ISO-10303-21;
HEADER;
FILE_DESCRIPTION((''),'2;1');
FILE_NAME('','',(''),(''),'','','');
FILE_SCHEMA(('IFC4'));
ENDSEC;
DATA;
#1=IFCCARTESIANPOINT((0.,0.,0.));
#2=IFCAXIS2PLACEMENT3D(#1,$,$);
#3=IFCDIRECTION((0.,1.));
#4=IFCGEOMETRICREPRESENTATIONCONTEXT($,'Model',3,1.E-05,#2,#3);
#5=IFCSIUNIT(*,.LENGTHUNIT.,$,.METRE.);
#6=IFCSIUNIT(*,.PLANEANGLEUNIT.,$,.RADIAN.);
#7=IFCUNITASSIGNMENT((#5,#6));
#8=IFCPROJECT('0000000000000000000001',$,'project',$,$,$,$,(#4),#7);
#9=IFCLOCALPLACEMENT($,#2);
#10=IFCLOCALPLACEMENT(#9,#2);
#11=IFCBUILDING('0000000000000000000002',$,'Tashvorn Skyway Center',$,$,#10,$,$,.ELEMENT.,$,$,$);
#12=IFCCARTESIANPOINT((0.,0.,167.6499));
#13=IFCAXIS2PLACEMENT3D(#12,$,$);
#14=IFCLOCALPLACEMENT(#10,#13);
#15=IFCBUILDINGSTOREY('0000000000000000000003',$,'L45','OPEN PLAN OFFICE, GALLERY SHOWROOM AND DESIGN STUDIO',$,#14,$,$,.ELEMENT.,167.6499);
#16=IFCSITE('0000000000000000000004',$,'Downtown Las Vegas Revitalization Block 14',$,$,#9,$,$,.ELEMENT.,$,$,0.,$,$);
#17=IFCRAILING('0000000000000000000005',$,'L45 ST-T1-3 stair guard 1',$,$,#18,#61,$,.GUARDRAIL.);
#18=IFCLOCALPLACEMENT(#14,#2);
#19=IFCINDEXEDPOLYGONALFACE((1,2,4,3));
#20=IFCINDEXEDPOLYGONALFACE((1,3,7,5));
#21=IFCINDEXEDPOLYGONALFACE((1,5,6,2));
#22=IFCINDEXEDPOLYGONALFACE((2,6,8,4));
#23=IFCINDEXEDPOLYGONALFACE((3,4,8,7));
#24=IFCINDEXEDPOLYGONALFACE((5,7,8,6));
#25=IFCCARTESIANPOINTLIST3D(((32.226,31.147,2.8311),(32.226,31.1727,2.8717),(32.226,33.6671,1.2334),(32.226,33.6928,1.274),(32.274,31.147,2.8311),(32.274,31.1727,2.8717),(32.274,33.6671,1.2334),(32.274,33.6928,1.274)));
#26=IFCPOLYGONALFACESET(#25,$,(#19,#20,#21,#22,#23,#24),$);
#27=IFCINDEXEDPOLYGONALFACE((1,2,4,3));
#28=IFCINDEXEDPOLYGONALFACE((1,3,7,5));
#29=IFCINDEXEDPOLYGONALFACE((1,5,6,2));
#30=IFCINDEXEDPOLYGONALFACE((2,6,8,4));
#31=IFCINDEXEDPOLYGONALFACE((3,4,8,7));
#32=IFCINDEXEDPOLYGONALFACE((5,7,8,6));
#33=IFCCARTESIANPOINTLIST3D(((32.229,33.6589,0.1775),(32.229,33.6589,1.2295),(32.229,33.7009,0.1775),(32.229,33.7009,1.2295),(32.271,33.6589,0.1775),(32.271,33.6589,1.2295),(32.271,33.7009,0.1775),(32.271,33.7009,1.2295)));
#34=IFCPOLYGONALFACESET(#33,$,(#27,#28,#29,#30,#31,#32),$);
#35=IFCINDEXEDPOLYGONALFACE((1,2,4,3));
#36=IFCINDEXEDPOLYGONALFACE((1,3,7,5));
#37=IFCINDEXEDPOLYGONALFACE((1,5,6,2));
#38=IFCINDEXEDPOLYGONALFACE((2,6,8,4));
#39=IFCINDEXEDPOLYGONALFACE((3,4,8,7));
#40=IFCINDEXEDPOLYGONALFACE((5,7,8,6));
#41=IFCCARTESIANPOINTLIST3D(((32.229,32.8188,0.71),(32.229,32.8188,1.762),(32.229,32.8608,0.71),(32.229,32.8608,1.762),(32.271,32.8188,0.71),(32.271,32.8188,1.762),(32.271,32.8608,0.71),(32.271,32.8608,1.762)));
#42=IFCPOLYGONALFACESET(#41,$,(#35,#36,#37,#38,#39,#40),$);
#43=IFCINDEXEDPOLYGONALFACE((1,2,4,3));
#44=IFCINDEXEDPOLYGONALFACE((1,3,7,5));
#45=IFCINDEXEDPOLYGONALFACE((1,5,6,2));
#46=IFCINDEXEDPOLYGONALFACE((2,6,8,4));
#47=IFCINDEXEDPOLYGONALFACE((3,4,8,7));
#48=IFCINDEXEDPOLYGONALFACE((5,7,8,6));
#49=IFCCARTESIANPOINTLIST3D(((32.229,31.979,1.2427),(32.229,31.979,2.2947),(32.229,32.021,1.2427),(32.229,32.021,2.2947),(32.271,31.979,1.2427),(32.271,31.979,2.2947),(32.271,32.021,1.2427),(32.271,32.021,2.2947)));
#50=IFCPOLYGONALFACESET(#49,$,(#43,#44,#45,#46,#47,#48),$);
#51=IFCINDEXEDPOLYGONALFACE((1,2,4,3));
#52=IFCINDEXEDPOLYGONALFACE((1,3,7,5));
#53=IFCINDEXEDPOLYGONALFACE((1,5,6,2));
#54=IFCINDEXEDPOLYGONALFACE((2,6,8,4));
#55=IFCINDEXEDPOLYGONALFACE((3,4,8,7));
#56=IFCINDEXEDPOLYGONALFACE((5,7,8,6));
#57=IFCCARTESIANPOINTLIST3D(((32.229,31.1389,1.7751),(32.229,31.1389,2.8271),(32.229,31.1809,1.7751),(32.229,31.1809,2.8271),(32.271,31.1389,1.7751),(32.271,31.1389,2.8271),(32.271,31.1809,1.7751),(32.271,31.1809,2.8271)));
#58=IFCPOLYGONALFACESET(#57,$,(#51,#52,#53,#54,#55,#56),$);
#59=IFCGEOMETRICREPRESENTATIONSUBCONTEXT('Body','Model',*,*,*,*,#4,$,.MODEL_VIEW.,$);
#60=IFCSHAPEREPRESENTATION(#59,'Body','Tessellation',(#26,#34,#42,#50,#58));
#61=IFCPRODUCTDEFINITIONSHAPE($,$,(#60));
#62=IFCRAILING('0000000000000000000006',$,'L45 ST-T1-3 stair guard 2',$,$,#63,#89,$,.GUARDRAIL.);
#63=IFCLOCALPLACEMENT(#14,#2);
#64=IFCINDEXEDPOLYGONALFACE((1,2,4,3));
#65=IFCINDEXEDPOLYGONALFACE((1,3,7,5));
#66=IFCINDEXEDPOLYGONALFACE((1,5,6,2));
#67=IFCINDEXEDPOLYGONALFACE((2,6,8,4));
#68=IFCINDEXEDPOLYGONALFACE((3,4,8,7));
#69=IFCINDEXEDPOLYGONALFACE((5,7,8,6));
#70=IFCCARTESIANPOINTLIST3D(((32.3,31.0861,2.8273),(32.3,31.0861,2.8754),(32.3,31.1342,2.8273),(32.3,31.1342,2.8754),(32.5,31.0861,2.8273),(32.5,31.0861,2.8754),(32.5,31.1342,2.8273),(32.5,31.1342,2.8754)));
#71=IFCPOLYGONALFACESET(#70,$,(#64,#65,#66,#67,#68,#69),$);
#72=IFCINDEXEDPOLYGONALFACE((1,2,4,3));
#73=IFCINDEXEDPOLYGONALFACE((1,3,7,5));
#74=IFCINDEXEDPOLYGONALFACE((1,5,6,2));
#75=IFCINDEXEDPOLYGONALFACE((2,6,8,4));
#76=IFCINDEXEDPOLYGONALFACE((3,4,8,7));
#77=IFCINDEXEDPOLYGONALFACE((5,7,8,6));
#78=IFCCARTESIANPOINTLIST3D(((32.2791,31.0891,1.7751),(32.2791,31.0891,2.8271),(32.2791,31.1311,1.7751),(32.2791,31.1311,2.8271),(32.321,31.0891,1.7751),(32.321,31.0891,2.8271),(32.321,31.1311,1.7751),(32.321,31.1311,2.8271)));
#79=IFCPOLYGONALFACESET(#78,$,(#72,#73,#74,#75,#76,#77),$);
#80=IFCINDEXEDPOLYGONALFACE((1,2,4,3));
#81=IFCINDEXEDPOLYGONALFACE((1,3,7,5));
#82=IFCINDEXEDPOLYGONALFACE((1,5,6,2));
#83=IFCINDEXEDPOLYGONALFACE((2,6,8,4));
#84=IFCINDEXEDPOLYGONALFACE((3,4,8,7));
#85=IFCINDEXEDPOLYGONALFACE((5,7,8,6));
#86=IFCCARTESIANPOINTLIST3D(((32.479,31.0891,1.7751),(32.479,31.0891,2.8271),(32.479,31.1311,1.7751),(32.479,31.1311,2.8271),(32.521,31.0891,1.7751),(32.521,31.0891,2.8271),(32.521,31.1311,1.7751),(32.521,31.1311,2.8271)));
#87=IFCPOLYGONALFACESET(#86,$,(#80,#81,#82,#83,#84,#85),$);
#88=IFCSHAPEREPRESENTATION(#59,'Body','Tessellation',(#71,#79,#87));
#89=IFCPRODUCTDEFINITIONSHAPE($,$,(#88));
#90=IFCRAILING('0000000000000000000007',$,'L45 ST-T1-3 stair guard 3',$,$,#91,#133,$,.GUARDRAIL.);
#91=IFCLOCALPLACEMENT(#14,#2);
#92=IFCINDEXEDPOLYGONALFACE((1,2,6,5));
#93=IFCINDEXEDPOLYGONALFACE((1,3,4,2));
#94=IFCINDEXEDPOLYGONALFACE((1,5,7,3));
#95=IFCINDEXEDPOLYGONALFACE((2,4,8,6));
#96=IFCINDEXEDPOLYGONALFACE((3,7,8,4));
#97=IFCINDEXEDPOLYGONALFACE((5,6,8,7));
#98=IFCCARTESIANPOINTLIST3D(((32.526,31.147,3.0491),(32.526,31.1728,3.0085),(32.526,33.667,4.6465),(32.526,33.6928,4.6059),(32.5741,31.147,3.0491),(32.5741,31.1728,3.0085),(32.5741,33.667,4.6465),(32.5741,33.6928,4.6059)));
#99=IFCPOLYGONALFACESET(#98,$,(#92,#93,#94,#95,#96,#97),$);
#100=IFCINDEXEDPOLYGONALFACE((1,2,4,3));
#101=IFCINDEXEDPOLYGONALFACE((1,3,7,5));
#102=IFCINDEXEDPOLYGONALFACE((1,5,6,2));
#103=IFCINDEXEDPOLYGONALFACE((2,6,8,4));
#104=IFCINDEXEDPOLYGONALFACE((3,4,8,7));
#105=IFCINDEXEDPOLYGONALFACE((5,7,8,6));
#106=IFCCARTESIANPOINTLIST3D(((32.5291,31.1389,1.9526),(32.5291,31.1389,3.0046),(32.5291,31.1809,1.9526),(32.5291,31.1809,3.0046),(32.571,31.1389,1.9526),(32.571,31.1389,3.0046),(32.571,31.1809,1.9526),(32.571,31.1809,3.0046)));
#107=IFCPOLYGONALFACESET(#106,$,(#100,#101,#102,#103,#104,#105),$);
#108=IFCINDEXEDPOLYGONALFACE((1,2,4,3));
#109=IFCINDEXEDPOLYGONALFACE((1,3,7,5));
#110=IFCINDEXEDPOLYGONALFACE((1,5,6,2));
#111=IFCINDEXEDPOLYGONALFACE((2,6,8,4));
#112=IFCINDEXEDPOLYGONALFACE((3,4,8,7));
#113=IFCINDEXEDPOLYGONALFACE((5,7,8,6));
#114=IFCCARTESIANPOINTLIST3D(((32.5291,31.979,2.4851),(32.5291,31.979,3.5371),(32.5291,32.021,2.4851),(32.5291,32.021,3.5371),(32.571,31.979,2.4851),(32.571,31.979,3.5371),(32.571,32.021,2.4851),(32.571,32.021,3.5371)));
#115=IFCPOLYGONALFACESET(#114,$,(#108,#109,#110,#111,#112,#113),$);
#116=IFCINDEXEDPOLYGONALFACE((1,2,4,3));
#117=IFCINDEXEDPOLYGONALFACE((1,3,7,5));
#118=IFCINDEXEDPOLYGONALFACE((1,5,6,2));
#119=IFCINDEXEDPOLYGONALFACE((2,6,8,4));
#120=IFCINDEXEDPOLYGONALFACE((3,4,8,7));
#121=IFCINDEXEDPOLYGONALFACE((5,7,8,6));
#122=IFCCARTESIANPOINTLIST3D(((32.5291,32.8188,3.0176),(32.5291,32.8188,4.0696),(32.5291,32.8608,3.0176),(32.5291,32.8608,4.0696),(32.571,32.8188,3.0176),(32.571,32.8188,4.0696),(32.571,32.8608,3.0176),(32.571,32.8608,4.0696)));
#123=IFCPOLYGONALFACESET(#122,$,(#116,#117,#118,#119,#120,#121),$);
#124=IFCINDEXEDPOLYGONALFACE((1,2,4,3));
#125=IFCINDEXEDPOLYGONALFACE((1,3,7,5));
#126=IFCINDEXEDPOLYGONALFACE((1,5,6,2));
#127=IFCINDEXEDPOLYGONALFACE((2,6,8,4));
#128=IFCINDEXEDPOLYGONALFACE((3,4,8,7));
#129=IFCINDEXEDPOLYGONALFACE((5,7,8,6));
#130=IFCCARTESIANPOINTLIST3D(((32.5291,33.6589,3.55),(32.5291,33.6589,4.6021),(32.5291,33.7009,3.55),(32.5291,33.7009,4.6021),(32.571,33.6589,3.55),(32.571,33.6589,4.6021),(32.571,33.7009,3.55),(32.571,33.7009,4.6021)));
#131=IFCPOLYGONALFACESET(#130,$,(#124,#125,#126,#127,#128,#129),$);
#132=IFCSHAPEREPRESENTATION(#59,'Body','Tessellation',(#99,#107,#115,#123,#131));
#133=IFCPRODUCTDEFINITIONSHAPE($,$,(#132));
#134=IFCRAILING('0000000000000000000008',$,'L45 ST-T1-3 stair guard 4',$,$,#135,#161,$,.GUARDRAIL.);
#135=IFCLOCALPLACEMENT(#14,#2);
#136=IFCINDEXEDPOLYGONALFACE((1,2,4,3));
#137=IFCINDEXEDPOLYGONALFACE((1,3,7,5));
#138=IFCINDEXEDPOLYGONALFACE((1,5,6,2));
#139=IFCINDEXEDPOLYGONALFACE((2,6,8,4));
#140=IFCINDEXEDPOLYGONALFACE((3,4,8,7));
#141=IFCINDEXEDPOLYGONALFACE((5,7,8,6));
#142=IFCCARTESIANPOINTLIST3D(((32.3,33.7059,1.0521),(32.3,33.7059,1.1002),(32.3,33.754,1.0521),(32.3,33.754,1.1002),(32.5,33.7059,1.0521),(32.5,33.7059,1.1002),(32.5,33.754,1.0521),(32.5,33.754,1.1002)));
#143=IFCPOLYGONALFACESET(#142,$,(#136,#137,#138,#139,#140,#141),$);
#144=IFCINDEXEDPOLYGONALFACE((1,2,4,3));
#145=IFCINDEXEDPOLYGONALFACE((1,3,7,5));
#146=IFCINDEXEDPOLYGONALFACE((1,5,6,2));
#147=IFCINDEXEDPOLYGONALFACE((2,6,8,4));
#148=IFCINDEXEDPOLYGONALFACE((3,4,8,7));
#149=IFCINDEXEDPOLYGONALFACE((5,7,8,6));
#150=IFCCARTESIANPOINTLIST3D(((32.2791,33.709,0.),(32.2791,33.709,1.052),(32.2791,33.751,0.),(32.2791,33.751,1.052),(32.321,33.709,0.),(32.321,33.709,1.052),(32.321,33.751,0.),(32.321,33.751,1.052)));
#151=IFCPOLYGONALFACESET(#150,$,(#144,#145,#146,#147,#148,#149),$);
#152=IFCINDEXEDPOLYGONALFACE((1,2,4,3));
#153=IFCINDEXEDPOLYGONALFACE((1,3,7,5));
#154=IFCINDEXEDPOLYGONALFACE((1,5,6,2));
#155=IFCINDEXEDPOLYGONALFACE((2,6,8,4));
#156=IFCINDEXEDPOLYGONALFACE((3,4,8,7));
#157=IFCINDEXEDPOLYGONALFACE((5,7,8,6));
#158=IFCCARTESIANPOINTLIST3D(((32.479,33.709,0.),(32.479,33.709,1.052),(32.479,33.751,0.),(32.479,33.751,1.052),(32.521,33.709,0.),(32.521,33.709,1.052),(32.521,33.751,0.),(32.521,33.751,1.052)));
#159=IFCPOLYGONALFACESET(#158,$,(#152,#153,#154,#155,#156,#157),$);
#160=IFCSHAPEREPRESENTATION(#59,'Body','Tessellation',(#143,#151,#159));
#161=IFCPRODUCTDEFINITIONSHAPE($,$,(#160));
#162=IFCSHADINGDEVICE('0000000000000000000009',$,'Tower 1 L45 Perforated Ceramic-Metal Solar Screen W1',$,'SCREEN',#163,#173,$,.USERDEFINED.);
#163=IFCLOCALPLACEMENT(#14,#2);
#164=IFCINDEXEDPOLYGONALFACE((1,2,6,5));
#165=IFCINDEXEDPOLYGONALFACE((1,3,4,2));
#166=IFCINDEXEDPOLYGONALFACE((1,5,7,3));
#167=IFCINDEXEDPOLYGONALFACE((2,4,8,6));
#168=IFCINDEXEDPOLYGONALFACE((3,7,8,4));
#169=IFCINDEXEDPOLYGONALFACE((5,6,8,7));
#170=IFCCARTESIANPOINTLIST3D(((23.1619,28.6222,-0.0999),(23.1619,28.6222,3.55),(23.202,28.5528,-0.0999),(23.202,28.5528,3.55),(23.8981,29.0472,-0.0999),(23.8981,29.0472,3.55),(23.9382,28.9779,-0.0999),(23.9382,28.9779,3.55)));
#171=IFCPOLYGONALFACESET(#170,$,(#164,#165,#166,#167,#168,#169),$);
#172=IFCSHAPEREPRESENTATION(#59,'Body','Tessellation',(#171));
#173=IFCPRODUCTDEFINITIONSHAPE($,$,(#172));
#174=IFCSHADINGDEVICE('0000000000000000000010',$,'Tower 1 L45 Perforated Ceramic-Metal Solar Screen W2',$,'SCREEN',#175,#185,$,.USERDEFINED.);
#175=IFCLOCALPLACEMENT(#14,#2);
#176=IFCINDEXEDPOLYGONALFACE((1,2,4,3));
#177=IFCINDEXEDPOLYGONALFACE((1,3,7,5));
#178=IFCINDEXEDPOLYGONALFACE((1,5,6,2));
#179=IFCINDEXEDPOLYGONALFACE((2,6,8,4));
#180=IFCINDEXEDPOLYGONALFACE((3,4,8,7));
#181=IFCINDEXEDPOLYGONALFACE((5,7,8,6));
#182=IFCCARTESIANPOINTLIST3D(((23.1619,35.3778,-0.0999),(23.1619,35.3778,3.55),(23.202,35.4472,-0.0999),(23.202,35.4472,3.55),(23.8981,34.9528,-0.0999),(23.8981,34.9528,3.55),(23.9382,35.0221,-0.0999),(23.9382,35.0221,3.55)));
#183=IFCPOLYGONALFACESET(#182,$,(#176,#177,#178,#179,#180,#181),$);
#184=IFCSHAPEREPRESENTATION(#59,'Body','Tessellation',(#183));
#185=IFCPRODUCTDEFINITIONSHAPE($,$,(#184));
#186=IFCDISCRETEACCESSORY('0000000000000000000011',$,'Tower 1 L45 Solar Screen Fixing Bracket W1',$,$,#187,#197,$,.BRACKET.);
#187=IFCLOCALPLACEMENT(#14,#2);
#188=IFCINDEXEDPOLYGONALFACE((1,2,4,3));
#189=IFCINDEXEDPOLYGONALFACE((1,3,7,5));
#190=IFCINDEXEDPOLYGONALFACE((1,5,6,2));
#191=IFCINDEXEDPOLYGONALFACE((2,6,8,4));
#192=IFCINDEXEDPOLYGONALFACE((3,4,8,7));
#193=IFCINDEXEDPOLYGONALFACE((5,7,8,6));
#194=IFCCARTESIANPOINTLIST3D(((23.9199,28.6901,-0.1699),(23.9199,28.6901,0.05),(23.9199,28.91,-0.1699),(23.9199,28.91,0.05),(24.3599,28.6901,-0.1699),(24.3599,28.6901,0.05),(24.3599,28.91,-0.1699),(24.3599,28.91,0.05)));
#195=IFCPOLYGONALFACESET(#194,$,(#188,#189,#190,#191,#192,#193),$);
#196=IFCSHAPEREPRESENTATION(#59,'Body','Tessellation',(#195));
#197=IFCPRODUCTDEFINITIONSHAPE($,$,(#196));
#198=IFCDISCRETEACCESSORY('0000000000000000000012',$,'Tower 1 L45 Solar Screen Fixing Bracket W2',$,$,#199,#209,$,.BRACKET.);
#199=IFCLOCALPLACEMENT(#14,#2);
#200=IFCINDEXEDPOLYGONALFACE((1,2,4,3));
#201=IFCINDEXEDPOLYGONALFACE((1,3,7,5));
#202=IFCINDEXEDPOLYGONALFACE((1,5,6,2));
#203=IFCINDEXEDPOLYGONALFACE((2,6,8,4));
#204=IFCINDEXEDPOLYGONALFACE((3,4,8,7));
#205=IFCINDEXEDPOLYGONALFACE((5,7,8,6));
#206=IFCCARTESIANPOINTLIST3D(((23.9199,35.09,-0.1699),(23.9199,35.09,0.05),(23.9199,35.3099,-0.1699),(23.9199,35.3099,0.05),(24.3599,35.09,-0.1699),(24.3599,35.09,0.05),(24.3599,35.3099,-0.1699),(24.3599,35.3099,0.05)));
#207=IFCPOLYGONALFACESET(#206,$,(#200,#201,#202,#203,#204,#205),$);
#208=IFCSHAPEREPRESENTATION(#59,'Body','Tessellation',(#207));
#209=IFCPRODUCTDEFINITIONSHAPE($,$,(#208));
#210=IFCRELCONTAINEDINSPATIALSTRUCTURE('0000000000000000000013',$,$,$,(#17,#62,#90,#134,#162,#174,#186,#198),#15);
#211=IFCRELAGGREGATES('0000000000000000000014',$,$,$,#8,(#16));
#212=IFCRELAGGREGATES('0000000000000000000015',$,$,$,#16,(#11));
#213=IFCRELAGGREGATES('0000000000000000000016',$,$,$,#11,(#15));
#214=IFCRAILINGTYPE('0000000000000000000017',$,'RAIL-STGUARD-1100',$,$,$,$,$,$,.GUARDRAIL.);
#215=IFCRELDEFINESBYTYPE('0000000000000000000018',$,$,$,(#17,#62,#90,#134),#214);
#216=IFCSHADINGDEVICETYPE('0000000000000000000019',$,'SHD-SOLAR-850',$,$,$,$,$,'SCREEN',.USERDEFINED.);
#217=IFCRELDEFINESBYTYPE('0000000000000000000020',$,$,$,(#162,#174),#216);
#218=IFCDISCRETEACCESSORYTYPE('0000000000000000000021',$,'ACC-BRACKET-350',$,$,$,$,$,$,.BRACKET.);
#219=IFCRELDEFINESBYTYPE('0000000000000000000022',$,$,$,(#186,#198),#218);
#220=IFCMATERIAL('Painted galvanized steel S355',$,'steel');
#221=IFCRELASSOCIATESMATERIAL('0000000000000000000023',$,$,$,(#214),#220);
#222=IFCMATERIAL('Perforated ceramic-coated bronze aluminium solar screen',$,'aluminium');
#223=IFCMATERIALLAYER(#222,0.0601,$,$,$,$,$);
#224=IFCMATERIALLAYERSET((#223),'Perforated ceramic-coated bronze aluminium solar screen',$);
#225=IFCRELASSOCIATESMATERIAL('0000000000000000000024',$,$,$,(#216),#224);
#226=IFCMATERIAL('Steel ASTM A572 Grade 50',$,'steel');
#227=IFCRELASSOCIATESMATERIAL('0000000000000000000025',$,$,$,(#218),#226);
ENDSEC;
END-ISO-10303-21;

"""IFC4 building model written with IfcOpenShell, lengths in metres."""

from ifc_helpers import new_model, si_unit, direction, frame, origin, origin_2d, place, context, subcontext, project, spatial, rectangle, extrude, material, layer, layer_set, type_object, element, save


model = new_model("IFC4")

# Units and contexts
model_context = context("Model", 3, precision=1e-05, world=origin(), true_north=direction((0.0, 1.0)))
body_context = subcontext(model_context, "Body", "Model", "MODEL_VIEW")
ifc_project = project(units=[si_unit("LENGTHUNIT", "METRE"), si_unit("PLANEANGLEUNIT", "RADIAN")], contexts=[model_context])

# Site, building, storey
site_placement = place(None, origin())
site = spatial("IfcSite", under=ifc_project, at=site_placement, Name="Downtown Las Vegas Revitalization Block 14", CompositionType="ELEMENT", RefElevation=0.0)
building_placement = place(site_placement, origin())
building = spatial("IfcBuilding", under=site, at=building_placement, Name="Tashvorn Skyway Center", CompositionType="ELEMENT")
storey_placement = place(building_placement, frame((0.0, 0.0, 167.6499)))
storey = spatial("IfcBuildingStorey", under=building, at=storey_placement, Name="L45", Description="OPEN PLAN OFFICE, GALLERY SHOWROOM AND DESIGN STUDIO", CompositionType="ELEMENT", Elevation=167.6499)

# Shared definitions
ifc_material_1 = material(Name="Perforated ceramic-coated bronze aluminium solar screen", Category="aluminium")

# Railings
ifc_material_2 = material(Name="Painted galvanized steel S355", Category="steel")
railing_type_1 = type_object("IfcRailingType", Name="RAIL-STGUARD-1100", PredefinedType="GUARDRAIL", material=ifc_material_2)
railing_1_placement = place(storey_placement, frame((32.25, 33.6799, 0.1775)))
element("IfcRailing", 1, at=railing_1_placement, inside=storey, type_object=railing_type_1, Name="L45 ST-T1-3 stair guard 1", PredefinedType="GUARDRAIL", context=body_context, shape_type="SweptSolid", body=[
    extrude(rectangle(XDim=0.0481, YDim=0.0481, at=origin_2d()), frame((0.0, 0.0, 1.0762), z_axis=(0.0, -0.84457, 0.535445), x_axis=(1.0, 0.0, 0.0)), (0.0, 0.0, 1.0), 2.9839),
    extrude(rectangle(XDim=0.042, YDim=0.042, at=origin_2d()), origin(), (0.0, 0.0, 1.0), 1.052),
    extrude(rectangle(XDim=0.042, YDim=0.042, at=origin_2d()), frame((0.0, -0.8401, 0.5325)), (0.0, 0.0, 1.0), 1.052),
    extrude(rectangle(XDim=0.042, YDim=0.042, at=origin_2d()), frame((0.0, -1.6799, 1.0652)), (0.0, 0.0, 1.0), 1.052),
    extrude(rectangle(XDim=0.042, YDim=0.042, at=origin_2d()), frame((0.0, -2.52, 1.5977)), (0.0, 0.0, 1.0), 1.052),
])
railing_2_placement = place(storey_placement, frame((32.3, 31.1101, 1.7751)))
element("IfcRailing", 2, at=railing_2_placement, inside=storey, type_object=railing_type_1, Name="L45 ST-T1-3 stair guard 2", PredefinedType="GUARDRAIL", context=body_context, shape_type="SweptSolid", body=[
    extrude(rectangle(XDim=0.0481, YDim=0.0481, at=origin_2d()), frame((0.0, 0.0, 1.0762), z_axis=(1.0, 0.0, 0.0), x_axis=(0.0, 1.0, 0.0)), (0.0, 0.0, 1.0), 0.2),
    extrude(rectangle(XDim=0.042, YDim=0.042, at=origin_2d()), origin(), (0.0, 0.0, 1.0), 1.052),
    extrude(rectangle(XDim=0.042, YDim=0.042, at=origin_2d()), frame((0.2, 0.0, 0.0)), (0.0, 0.0, 1.0), 1.052),
])
railing_3_placement = place(storey_placement, frame((32.55, 31.1599, 1.9526)))
element("IfcRailing", 3, at=railing_3_placement, inside=storey, type_object=railing_type_1, Name="L45 ST-T1-3 stair guard 3", PredefinedType="GUARDRAIL", context=body_context, shape_type="SweptSolid", body=[
    extrude(rectangle(XDim=0.0481, YDim=0.0481, at=origin_2d()), frame((0.0, 0.0, 1.0762), z_axis=(0.0, 0.844607, 0.535387), x_axis=(-1.0, 0.0, 0.0)), (0.0, 0.0, 1.0), 2.9836),
    extrude(rectangle(XDim=0.042, YDim=0.042, at=origin_2d()), origin(), (0.0, 0.0, 1.0), 1.052),
    extrude(rectangle(XDim=0.042, YDim=0.042, at=origin_2d()), frame((0.0, 0.8401, 0.5325)), (0.0, 0.0, 1.0), 1.052),
    extrude(rectangle(XDim=0.042, YDim=0.042, at=origin_2d()), frame((0.0, 1.6799, 1.0649)), (0.0, 0.0, 1.0), 1.052),
    extrude(rectangle(XDim=0.042, YDim=0.042, at=origin_2d()), frame((0.0, 2.52, 1.5974)), (0.0, 0.0, 1.0), 1.052),
])
railing_4_placement = place(storey_placement, frame((32.3, 33.73, 0.0)))
element("IfcRailing", 4, at=railing_4_placement, inside=storey, type_object=railing_type_1, Name="L45 ST-T1-3 stair guard 4", PredefinedType="GUARDRAIL", context=body_context, shape_type="SweptSolid", body=[
    extrude(rectangle(XDim=0.0481, YDim=0.0481, at=origin_2d()), frame((0.0, 0.0, 1.0762), z_axis=(1.0, 0.0, 0.0), x_axis=(0.0, 1.0, 0.0)), (0.0, 0.0, 1.0), 0.2),
    extrude(rectangle(XDim=0.042, YDim=0.042, at=origin_2d()), origin(), (0.0, 0.0, 1.0), 1.052),
    extrude(rectangle(XDim=0.042, YDim=0.042, at=origin_2d()), frame((0.2, 0.0, 0.0)), (0.0, 0.0, 1.0), 1.052),
])

# Shading devices
ifc_layer_1 = layer(ifc_material_1, 0.0601)
ifc_layer_set_1 = layer_set([ifc_layer_1], Name="Perforated ceramic-coated bronze aluminium solar screen")
shading_device_type = type_object("IfcShadingDeviceType", Name="SHD-SOLAR-850", ElementType="SCREEN", PredefinedType="USERDEFINED", material=ifc_layer_set_1)
for number, where, z_axis, x_axis, name in (
    (5, (23.55, 28.8, -0.0999), (0.0, 0.0, 1.0), (-0.5, 0.866025, 0.0), "Tower 1 L45 Perforated Ceramic-Metal Solar Screen W1"),
    (6, (23.55, 35.2, -0.0999), (0.0, 0.0, 1.0), (0.5, 0.866025, 0.0), "Tower 1 L45 Perforated Ceramic-Metal Solar Screen W2"),
):
    element("IfcShadingDevice", number, at=place(storey_placement, frame(where, z_axis=z_axis, x_axis=x_axis)), inside=storey, type_object=shading_device_type, Name=name, ObjectType="SCREEN", PredefinedType="USERDEFINED", context=body_context, shape_type="SweptSolid", body=[
        extrude(rectangle(XDim=0.0801, YDim=0.8501, at=origin_2d()), origin(), (0.0, 0.0, 1.0), 3.6499),
    ])

# Discrete accessories
ifc_material_3 = material(Name="Steel ASTM A572 Grade 50", Category="steel")
discrete_accessory_type = type_object("IfcDiscreteAccessoryType", Name="ACC-BRACKET-350", PredefinedType="BRACKET", material=ifc_material_3)
for number, where, z_axis, x_axis, name in (
    (7, (24.1399, 28.8, -0.1699), (0.0, 0.0, 1.0), (0.0, 1.0, 0.0), "Tower 1 L45 Solar Screen Fixing Bracket W1"),
    (8, (24.1399, 35.2, -0.1699), (0.0, 0.0, 1.0), (0.0, 1.0, 0.0), "Tower 1 L45 Solar Screen Fixing Bracket W2"),
):
    element("IfcDiscreteAccessory", number, at=place(storey_placement, frame(where, z_axis=z_axis, x_axis=x_axis)), inside=storey, type_object=discrete_accessory_type, Name=name, PredefinedType="BRACKET", context=body_context, shape_type="SweptSolid", body=[
        extrude(rectangle(XDim=0.22, YDim=0.4399, at=origin_2d()), origin(), (0.0, 0.0, 1.0), 0.22),
    ])

save(model, "model.ifc")
